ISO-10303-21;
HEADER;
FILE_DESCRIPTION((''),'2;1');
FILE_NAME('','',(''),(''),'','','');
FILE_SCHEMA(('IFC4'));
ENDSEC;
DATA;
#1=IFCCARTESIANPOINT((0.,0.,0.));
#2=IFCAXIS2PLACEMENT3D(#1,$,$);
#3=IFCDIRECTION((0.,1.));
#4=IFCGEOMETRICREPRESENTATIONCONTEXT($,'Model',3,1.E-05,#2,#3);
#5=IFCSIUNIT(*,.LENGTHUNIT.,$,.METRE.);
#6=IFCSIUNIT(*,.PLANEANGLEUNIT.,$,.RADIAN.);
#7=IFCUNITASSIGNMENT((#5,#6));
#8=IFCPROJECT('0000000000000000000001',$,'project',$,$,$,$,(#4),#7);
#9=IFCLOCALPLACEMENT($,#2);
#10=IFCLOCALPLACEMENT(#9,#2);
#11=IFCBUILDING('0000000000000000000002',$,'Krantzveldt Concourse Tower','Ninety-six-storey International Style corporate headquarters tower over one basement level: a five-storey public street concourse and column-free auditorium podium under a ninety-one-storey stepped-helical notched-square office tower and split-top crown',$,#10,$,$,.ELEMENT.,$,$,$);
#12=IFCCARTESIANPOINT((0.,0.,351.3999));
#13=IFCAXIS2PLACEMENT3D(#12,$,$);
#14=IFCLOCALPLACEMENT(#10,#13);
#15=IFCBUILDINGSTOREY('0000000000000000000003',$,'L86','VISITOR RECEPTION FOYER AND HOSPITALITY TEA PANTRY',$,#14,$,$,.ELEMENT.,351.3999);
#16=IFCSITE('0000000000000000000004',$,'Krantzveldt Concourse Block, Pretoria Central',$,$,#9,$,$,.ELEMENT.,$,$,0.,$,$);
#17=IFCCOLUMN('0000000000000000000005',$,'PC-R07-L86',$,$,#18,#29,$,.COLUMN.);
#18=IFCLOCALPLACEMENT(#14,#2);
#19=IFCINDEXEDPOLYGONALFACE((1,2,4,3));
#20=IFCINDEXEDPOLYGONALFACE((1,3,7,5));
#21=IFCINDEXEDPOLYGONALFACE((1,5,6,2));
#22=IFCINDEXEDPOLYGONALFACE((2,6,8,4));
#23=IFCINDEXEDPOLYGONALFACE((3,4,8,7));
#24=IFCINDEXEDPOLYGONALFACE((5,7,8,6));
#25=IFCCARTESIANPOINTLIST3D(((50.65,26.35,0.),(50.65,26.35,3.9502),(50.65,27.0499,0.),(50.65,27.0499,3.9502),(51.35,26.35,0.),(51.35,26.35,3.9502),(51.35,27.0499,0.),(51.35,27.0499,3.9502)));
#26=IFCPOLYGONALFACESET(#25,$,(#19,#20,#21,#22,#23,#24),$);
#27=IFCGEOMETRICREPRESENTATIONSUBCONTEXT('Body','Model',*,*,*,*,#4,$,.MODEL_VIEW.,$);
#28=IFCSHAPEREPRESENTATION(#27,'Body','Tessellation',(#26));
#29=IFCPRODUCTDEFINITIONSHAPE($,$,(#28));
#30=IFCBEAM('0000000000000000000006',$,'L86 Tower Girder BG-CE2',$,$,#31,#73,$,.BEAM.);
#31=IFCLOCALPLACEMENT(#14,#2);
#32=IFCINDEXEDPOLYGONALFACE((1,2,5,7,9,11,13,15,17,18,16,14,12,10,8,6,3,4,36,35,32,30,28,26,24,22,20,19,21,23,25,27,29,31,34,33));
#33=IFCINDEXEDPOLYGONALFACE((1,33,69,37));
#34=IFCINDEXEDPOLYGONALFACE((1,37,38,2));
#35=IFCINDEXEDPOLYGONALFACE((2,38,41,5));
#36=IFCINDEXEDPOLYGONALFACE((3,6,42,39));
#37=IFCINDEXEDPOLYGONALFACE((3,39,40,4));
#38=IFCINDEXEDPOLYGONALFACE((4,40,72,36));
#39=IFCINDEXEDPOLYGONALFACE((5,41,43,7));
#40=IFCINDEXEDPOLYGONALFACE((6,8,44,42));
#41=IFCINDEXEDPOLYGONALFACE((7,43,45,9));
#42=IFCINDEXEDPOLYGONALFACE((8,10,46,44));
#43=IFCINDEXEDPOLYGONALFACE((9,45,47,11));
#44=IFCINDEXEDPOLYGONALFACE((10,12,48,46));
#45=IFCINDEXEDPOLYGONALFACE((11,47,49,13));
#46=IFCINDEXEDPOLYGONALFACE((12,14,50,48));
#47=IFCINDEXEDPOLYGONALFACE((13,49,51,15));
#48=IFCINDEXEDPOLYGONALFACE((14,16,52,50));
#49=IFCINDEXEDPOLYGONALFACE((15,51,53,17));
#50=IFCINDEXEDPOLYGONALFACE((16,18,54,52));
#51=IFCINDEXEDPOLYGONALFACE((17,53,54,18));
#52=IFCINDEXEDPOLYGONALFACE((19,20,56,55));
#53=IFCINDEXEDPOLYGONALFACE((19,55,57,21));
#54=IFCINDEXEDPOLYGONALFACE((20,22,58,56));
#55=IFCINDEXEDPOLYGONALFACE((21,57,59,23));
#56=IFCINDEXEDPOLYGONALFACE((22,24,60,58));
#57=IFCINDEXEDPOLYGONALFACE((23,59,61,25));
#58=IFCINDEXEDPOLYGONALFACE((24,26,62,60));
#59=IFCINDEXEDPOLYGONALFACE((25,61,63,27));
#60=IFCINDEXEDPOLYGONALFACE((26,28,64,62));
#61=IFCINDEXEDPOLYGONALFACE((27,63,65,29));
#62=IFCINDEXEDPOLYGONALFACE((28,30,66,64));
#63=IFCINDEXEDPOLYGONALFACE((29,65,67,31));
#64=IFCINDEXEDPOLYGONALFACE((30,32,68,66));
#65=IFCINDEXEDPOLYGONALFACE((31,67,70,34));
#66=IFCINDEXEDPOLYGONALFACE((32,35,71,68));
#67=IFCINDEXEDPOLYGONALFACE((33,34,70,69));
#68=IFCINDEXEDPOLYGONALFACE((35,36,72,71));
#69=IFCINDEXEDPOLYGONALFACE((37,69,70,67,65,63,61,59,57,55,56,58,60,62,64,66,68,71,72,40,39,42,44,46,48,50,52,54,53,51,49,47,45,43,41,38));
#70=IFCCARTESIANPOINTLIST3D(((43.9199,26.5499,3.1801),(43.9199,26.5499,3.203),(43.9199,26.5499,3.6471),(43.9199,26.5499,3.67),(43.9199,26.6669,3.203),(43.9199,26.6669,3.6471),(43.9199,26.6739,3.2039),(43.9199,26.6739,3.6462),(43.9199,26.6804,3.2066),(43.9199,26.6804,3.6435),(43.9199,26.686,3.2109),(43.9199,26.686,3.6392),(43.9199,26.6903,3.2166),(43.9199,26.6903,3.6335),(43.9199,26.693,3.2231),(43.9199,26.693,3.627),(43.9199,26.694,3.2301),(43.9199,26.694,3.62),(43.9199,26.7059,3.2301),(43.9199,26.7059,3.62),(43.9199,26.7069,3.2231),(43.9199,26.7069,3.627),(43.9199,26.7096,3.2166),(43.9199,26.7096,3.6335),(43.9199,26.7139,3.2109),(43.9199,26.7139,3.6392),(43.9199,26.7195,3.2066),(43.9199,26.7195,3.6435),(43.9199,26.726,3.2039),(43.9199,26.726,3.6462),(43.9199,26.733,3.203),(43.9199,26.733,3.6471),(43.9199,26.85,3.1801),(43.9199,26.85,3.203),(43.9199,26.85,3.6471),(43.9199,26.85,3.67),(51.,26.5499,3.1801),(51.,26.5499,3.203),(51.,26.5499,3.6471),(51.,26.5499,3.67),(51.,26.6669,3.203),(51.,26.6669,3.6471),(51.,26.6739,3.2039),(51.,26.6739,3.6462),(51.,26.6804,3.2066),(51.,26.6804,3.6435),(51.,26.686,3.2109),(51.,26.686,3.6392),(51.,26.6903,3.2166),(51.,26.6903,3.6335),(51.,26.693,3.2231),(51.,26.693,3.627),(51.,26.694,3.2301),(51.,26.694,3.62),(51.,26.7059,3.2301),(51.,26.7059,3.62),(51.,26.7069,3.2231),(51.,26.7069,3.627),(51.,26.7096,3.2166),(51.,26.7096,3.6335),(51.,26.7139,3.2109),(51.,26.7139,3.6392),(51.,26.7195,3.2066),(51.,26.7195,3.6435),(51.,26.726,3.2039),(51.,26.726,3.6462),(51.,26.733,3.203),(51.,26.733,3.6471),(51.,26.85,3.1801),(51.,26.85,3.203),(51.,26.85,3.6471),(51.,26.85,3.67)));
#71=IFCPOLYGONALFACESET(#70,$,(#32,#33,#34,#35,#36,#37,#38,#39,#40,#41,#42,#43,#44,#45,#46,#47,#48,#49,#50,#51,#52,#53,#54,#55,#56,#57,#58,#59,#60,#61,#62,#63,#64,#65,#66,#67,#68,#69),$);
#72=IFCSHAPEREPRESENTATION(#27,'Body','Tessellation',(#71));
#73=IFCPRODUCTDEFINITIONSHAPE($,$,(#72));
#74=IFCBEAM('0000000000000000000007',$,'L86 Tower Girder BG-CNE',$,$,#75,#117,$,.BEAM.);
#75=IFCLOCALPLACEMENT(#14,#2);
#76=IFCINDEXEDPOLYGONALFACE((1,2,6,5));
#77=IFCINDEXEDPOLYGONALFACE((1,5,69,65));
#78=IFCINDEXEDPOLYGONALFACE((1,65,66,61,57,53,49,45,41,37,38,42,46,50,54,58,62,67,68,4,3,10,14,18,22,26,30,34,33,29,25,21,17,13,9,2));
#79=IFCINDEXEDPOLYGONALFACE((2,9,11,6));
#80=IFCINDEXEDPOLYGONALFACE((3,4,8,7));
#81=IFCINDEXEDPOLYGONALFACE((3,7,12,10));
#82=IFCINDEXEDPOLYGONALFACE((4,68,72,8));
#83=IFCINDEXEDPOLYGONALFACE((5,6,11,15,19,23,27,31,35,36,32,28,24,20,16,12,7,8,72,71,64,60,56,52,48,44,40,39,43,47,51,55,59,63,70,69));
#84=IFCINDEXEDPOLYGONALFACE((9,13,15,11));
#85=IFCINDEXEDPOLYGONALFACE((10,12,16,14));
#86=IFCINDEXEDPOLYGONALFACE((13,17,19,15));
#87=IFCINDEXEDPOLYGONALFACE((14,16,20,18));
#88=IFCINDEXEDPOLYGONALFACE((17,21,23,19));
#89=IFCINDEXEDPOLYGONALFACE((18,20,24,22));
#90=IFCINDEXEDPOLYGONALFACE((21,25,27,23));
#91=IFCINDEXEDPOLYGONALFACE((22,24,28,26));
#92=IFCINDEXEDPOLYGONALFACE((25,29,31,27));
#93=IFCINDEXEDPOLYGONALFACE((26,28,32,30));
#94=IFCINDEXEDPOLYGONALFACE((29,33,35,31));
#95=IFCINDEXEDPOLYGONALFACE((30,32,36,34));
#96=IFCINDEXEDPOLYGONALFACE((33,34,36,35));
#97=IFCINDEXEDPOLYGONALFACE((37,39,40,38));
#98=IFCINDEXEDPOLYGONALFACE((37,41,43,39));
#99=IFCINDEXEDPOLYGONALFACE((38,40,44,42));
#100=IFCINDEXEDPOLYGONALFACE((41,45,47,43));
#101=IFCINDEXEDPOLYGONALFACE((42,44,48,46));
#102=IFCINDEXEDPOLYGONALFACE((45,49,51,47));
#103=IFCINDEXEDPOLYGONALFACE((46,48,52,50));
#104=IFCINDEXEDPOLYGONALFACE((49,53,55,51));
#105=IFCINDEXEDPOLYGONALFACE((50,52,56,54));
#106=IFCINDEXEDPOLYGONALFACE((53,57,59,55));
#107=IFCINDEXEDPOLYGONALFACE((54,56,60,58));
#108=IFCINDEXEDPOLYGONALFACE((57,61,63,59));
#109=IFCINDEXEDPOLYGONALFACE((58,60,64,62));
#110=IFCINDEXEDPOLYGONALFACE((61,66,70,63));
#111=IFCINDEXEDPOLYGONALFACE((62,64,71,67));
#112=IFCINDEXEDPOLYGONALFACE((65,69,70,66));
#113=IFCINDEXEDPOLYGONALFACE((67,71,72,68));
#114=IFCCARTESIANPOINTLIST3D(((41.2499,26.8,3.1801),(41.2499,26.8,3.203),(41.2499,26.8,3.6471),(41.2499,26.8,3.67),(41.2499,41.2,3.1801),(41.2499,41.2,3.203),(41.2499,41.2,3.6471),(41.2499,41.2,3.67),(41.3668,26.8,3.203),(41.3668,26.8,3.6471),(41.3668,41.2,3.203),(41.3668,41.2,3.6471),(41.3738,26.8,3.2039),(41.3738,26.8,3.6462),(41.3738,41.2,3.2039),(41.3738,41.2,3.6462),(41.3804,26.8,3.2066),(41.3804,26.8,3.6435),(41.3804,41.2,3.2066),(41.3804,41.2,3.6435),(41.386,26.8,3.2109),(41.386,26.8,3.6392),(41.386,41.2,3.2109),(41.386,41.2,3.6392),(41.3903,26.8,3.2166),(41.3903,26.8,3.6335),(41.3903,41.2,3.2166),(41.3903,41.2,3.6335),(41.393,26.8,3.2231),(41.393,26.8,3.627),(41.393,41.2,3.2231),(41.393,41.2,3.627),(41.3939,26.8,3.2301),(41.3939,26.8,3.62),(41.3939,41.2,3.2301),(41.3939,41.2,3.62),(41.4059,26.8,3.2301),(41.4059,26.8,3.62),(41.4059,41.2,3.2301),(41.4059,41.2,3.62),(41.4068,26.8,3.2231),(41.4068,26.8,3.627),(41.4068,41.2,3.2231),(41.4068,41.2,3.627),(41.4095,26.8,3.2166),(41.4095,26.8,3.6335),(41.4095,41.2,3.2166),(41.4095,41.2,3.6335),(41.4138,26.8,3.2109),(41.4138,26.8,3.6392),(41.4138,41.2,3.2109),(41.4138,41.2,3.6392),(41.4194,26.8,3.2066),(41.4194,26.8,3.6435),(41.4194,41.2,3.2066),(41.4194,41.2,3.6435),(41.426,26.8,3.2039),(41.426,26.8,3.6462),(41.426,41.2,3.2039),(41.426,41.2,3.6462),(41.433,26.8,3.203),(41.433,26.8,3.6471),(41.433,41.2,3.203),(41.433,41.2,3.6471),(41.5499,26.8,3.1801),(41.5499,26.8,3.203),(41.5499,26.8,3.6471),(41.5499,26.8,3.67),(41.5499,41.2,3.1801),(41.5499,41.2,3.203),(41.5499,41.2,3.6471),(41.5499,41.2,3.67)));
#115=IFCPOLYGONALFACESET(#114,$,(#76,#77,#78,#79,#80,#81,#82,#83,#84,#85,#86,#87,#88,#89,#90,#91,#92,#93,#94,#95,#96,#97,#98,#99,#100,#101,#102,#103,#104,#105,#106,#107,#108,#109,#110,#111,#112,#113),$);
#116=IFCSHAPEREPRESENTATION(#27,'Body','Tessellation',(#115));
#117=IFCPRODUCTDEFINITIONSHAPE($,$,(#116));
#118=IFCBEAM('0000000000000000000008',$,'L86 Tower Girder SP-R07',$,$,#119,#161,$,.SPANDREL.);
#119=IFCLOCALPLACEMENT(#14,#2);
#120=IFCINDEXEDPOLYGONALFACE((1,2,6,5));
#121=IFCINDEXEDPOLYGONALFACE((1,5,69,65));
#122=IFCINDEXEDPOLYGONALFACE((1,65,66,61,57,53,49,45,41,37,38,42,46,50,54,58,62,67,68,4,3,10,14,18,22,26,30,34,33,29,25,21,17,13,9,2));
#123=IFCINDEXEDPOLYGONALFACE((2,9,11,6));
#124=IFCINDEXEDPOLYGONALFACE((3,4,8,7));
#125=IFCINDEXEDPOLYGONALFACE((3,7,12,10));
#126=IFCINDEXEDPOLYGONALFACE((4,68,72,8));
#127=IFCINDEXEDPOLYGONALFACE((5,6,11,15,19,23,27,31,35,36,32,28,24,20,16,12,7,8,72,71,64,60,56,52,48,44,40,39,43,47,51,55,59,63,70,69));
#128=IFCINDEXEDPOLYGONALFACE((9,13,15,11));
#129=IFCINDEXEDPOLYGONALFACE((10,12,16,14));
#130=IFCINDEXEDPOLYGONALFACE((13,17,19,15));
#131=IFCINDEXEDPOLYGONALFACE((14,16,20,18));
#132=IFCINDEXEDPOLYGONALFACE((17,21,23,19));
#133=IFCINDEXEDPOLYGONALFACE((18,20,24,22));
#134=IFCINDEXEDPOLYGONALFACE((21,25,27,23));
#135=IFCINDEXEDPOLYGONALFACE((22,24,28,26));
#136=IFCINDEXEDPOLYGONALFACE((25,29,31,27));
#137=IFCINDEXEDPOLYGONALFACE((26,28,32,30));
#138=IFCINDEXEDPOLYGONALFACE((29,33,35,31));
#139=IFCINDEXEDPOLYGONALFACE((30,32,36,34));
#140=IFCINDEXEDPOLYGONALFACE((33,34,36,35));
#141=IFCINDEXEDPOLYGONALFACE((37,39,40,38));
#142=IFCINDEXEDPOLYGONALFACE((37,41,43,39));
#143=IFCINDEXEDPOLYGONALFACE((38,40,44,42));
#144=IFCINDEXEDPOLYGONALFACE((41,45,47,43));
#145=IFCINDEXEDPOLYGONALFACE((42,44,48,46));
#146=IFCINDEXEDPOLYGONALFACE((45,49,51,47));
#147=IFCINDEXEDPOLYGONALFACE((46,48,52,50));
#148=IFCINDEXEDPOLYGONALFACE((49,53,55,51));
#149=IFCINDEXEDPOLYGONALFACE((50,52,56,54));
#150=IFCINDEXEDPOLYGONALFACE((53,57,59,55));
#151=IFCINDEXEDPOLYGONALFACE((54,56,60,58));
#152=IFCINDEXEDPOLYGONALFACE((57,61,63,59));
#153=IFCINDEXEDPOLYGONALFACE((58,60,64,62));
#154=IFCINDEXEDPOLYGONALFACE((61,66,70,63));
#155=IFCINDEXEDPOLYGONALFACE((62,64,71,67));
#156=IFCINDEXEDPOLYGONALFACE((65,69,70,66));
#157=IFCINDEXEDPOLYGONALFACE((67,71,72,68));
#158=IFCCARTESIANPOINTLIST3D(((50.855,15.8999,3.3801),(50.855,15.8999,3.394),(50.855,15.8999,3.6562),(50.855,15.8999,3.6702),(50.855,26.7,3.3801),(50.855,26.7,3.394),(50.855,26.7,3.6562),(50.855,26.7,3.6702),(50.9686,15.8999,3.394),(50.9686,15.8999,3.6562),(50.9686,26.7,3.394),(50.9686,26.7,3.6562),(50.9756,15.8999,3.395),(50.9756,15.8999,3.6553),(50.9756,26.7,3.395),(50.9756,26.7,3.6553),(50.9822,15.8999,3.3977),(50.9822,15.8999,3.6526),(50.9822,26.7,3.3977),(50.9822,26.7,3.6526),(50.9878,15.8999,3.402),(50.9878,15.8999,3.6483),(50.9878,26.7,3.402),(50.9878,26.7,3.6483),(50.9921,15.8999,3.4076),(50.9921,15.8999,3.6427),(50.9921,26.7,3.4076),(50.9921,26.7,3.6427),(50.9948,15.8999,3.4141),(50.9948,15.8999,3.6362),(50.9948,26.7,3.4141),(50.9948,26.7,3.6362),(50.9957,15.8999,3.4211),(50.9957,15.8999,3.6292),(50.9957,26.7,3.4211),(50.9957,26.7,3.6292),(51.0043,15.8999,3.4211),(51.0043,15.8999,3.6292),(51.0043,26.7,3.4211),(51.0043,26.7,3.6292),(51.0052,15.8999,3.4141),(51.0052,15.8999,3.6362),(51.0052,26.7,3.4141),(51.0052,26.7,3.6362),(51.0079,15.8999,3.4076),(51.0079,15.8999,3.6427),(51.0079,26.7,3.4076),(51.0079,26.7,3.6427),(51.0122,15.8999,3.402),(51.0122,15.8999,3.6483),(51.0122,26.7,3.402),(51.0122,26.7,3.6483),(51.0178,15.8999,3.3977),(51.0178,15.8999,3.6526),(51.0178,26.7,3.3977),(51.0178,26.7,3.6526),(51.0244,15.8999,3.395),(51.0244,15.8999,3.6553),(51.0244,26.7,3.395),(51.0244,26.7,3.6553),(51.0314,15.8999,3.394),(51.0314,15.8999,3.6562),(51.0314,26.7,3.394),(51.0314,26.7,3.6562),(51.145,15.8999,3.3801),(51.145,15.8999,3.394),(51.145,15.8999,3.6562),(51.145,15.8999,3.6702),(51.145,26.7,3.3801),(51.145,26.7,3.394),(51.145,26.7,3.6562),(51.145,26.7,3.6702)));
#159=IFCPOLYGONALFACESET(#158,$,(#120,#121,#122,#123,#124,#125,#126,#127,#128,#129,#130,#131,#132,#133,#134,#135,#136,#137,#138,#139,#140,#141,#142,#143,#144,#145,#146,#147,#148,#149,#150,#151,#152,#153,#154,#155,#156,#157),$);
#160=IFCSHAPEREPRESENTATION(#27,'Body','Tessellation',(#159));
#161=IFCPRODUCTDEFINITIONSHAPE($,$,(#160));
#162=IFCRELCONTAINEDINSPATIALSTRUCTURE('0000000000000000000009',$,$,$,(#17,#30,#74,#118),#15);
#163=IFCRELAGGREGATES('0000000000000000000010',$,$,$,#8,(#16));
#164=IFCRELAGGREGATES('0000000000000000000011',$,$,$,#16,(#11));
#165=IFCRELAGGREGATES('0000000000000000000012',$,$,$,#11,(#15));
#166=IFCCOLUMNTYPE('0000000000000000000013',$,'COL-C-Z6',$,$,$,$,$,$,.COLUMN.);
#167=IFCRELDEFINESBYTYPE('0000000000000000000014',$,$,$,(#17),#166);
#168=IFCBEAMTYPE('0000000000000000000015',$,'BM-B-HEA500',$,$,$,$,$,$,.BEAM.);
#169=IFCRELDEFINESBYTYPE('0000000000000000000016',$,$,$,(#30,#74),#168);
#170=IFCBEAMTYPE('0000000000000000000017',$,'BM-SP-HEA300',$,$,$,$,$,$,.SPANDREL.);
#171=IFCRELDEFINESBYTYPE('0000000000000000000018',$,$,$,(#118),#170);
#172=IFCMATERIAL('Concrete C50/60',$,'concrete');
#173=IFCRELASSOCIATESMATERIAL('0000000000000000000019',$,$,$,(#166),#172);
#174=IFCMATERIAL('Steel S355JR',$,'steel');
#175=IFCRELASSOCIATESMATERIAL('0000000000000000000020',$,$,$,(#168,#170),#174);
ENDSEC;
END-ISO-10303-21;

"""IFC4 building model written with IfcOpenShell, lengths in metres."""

from ifc_helpers import new_model, si_unit, direction, frame, origin, origin_2d, place, context, subcontext, project, spatial, rectangle, i_section, extrude, source, transform, mapped, material, material_profile, profile_set, type_object, type_shapes, element, save


model = new_model("IFC4")

# Units and contexts
model_context = context("Model", 3, precision=1e-05, world=origin(), true_north=direction((0.0, 1.0)))
body_context = subcontext(model_context, "Body", "Model", "MODEL_VIEW")
ifc_project = project(units=[si_unit("LENGTHUNIT", "METRE"), si_unit("PLANEANGLEUNIT", "RADIAN")], contexts=[model_context])

# Site, building, storey
site_placement = place(None, origin())
site = spatial("IfcSite", under=ifc_project, at=site_placement, Name="Krantzveldt Concourse Block, Pretoria Central", CompositionType="ELEMENT", RefElevation=0.0)
building_placement = place(site_placement, origin())
building = spatial("IfcBuilding", under=site, at=building_placement, Name="Krantzveldt Concourse Tower", Description="Ninety-six-storey International Style corporate headquarters tower over one basement level: a five-storey public street concourse and column-free auditorium podium under a ninety-one-storey stepped-helical notched-square office tower and split-top crown", CompositionType="ELEMENT")
storey_placement = place(building_placement, frame((0.0, 0.0, 351.3999)))
storey = spatial("IfcBuildingStorey", under=building, at=storey_placement, Name="L86", Description="VISITOR RECEPTION FOYER AND HOSPITALITY TEA PANTRY", CompositionType="ELEMENT", Elevation=351.3999)

# Column
ifc_material_1 = material(Name="Concrete C50/60", Category="concrete")
ifc_material_profile_1 = material_profile(ifc_material_1, rectangle(XDim=0.7, YDim=0.7, at=origin_2d()), Name="Concrete C50/60", Category="concrete")
ifc_profile_set_1 = profile_set([ifc_material_profile_1], Name="Concrete C50/60 - RC 700x700")
column_type = type_object("IfcColumnType", Name="COL-C-Z6", PredefinedType="COLUMN", material=ifc_profile_set_1)
shared_shape_1 = source(origin(), body_context, "Body", "SweptSolid", [
    extrude(rectangle(XDim=0.7, YDim=0.7, at=origin_2d()), origin(), (0.0, 0.0, 1.0), 3.9502),
])
type_shapes(column_type, [shared_shape_1])
column_placement = place(storey_placement, frame((51.0, 26.7, 0.0), z_axis=(0.0, 0.0, 1.0), x_axis=(1.0, 0.0, 0.0)))
element("IfcColumn", 1, at=column_placement, inside=storey, type_object=column_type, Name="PC-R07-L86", PredefinedType="COLUMN", context=body_context, shape_type="MappedRepresentation", body=[
    mapped(shared_shape_1, transform((0.0, 0.0, 0.0), x_axis=(1.0, 0.0, 0.0), y_axis=(0.0, 1.0, 0.0), z_axis=(0.0, 0.0, 1.0), scale=1.0)),
])

# Beams
ifc_material_2 = material(Name="Steel S355JR", Category="steel")
ifc_material_profile_2 = material_profile(ifc_material_2, i_section(OverallWidth=0.3, OverallDepth=0.49, WebThickness=0.012, FlangeThickness=0.0229, FilletRadius=0.0271, at=origin_2d()), Name="Steel S355JR", Category="steel")
ifc_profile_set_2 = profile_set([ifc_material_profile_2], Name="Steel S355JR - HEA 500")
beam_type_1 = type_object("IfcBeamType", Name="BM-B-HEA500", PredefinedType="BEAM", material=ifc_profile_set_2)
shared_shape_2 = source(origin(), body_context, "Body", "SweptSolid", [
    extrude(i_section(OverallWidth=0.3, OverallDepth=0.49, WebThickness=0.012, FlangeThickness=0.0229, FilletRadius=0.0271, at=origin_2d()), origin(), (0.0, 0.0, 1.0), 7.0801),
])
beam_1_placement = place(storey_placement, frame((43.9199, 26.7, 3.425), z_axis=(1.0, 0.0, 0.0), x_axis=(0.0, 1.0, 0.0)))
element("IfcBeam", 2, at=beam_1_placement, inside=storey, type_object=beam_type_1, Name="L86 Tower Girder BG-CE2", PredefinedType="BEAM", context=body_context, shape_type="MappedRepresentation", body=[
    mapped(shared_shape_2, transform((0.0, 0.0, 0.0), x_axis=(1.0, 0.0, 0.0), y_axis=(0.0, 1.0, 0.0), z_axis=(0.0, 0.0, 1.0), scale=1.0)),
])
shared_shape_3 = source(origin(), body_context, "Body", "SweptSolid", [
    extrude(i_section(OverallWidth=0.3, OverallDepth=0.49, WebThickness=0.012, FlangeThickness=0.0229, FilletRadius=0.0271, at=origin_2d()), origin(), (0.0, 0.0, 1.0), 14.3999),
])
type_shapes(beam_type_1, [shared_shape_2, shared_shape_3])
beam_2_placement = place(storey_placement, frame((41.3999, 26.8, 3.425), z_axis=(0.0, 1.0, 0.0), x_axis=(-1.0, 0.0, 0.0)))
element("IfcBeam", 3, at=beam_2_placement, inside=storey, type_object=beam_type_1, Name="L86 Tower Girder BG-CNE", PredefinedType="BEAM", context=body_context, shape_type="MappedRepresentation", body=[
    mapped(shared_shape_3, transform((0.0, 0.0, 0.0), x_axis=(1.0, 0.0, 0.0), y_axis=(0.0, 1.0, 0.0), z_axis=(0.0, 0.0, 1.0), scale=1.0)),
])
ifc_material_profile_3 = material_profile(ifc_material_2, i_section(OverallWidth=0.29, OverallDepth=0.29, WebThickness=0.0085, FlangeThickness=0.0139, FilletRadius=0.0271, at=origin_2d()), Name="Steel S355JR", Category="steel")
ifc_profile_set_3 = profile_set([ifc_material_profile_3], Name="Steel S355JR - HEA 300")
beam_type_2 = type_object("IfcBeamType", Name="BM-SP-HEA300", PredefinedType="SPANDREL", material=ifc_profile_set_3)
shared_shape_4 = source(origin(), body_context, "Body", "SweptSolid", [
    extrude(i_section(OverallWidth=0.29, OverallDepth=0.29, WebThickness=0.0085, FlangeThickness=0.0139, FilletRadius=0.0271, at=origin_2d()), origin(), (0.0, 0.0, 1.0), 10.8),
])
type_shapes(beam_type_2, [shared_shape_4])
beam_3_placement = place(storey_placement, frame((51.0, 26.7, 3.5251), z_axis=(0.0, -1.0, 0.0), x_axis=(1.0, 0.0, 0.0)))
element("IfcBeam", 4, at=beam_3_placement, inside=storey, type_object=beam_type_2, Name="L86 Tower Girder SP-R07", PredefinedType="SPANDREL", context=body_context, shape_type="MappedRepresentation", body=[
    mapped(shared_shape_4, transform((0.0, 0.0, 0.0), x_axis=(1.0, 0.0, 0.0), y_axis=(0.0, 1.0, 0.0), z_axis=(0.0, 0.0, 1.0), scale=1.0)),
])

save(model, "model.ifc")
